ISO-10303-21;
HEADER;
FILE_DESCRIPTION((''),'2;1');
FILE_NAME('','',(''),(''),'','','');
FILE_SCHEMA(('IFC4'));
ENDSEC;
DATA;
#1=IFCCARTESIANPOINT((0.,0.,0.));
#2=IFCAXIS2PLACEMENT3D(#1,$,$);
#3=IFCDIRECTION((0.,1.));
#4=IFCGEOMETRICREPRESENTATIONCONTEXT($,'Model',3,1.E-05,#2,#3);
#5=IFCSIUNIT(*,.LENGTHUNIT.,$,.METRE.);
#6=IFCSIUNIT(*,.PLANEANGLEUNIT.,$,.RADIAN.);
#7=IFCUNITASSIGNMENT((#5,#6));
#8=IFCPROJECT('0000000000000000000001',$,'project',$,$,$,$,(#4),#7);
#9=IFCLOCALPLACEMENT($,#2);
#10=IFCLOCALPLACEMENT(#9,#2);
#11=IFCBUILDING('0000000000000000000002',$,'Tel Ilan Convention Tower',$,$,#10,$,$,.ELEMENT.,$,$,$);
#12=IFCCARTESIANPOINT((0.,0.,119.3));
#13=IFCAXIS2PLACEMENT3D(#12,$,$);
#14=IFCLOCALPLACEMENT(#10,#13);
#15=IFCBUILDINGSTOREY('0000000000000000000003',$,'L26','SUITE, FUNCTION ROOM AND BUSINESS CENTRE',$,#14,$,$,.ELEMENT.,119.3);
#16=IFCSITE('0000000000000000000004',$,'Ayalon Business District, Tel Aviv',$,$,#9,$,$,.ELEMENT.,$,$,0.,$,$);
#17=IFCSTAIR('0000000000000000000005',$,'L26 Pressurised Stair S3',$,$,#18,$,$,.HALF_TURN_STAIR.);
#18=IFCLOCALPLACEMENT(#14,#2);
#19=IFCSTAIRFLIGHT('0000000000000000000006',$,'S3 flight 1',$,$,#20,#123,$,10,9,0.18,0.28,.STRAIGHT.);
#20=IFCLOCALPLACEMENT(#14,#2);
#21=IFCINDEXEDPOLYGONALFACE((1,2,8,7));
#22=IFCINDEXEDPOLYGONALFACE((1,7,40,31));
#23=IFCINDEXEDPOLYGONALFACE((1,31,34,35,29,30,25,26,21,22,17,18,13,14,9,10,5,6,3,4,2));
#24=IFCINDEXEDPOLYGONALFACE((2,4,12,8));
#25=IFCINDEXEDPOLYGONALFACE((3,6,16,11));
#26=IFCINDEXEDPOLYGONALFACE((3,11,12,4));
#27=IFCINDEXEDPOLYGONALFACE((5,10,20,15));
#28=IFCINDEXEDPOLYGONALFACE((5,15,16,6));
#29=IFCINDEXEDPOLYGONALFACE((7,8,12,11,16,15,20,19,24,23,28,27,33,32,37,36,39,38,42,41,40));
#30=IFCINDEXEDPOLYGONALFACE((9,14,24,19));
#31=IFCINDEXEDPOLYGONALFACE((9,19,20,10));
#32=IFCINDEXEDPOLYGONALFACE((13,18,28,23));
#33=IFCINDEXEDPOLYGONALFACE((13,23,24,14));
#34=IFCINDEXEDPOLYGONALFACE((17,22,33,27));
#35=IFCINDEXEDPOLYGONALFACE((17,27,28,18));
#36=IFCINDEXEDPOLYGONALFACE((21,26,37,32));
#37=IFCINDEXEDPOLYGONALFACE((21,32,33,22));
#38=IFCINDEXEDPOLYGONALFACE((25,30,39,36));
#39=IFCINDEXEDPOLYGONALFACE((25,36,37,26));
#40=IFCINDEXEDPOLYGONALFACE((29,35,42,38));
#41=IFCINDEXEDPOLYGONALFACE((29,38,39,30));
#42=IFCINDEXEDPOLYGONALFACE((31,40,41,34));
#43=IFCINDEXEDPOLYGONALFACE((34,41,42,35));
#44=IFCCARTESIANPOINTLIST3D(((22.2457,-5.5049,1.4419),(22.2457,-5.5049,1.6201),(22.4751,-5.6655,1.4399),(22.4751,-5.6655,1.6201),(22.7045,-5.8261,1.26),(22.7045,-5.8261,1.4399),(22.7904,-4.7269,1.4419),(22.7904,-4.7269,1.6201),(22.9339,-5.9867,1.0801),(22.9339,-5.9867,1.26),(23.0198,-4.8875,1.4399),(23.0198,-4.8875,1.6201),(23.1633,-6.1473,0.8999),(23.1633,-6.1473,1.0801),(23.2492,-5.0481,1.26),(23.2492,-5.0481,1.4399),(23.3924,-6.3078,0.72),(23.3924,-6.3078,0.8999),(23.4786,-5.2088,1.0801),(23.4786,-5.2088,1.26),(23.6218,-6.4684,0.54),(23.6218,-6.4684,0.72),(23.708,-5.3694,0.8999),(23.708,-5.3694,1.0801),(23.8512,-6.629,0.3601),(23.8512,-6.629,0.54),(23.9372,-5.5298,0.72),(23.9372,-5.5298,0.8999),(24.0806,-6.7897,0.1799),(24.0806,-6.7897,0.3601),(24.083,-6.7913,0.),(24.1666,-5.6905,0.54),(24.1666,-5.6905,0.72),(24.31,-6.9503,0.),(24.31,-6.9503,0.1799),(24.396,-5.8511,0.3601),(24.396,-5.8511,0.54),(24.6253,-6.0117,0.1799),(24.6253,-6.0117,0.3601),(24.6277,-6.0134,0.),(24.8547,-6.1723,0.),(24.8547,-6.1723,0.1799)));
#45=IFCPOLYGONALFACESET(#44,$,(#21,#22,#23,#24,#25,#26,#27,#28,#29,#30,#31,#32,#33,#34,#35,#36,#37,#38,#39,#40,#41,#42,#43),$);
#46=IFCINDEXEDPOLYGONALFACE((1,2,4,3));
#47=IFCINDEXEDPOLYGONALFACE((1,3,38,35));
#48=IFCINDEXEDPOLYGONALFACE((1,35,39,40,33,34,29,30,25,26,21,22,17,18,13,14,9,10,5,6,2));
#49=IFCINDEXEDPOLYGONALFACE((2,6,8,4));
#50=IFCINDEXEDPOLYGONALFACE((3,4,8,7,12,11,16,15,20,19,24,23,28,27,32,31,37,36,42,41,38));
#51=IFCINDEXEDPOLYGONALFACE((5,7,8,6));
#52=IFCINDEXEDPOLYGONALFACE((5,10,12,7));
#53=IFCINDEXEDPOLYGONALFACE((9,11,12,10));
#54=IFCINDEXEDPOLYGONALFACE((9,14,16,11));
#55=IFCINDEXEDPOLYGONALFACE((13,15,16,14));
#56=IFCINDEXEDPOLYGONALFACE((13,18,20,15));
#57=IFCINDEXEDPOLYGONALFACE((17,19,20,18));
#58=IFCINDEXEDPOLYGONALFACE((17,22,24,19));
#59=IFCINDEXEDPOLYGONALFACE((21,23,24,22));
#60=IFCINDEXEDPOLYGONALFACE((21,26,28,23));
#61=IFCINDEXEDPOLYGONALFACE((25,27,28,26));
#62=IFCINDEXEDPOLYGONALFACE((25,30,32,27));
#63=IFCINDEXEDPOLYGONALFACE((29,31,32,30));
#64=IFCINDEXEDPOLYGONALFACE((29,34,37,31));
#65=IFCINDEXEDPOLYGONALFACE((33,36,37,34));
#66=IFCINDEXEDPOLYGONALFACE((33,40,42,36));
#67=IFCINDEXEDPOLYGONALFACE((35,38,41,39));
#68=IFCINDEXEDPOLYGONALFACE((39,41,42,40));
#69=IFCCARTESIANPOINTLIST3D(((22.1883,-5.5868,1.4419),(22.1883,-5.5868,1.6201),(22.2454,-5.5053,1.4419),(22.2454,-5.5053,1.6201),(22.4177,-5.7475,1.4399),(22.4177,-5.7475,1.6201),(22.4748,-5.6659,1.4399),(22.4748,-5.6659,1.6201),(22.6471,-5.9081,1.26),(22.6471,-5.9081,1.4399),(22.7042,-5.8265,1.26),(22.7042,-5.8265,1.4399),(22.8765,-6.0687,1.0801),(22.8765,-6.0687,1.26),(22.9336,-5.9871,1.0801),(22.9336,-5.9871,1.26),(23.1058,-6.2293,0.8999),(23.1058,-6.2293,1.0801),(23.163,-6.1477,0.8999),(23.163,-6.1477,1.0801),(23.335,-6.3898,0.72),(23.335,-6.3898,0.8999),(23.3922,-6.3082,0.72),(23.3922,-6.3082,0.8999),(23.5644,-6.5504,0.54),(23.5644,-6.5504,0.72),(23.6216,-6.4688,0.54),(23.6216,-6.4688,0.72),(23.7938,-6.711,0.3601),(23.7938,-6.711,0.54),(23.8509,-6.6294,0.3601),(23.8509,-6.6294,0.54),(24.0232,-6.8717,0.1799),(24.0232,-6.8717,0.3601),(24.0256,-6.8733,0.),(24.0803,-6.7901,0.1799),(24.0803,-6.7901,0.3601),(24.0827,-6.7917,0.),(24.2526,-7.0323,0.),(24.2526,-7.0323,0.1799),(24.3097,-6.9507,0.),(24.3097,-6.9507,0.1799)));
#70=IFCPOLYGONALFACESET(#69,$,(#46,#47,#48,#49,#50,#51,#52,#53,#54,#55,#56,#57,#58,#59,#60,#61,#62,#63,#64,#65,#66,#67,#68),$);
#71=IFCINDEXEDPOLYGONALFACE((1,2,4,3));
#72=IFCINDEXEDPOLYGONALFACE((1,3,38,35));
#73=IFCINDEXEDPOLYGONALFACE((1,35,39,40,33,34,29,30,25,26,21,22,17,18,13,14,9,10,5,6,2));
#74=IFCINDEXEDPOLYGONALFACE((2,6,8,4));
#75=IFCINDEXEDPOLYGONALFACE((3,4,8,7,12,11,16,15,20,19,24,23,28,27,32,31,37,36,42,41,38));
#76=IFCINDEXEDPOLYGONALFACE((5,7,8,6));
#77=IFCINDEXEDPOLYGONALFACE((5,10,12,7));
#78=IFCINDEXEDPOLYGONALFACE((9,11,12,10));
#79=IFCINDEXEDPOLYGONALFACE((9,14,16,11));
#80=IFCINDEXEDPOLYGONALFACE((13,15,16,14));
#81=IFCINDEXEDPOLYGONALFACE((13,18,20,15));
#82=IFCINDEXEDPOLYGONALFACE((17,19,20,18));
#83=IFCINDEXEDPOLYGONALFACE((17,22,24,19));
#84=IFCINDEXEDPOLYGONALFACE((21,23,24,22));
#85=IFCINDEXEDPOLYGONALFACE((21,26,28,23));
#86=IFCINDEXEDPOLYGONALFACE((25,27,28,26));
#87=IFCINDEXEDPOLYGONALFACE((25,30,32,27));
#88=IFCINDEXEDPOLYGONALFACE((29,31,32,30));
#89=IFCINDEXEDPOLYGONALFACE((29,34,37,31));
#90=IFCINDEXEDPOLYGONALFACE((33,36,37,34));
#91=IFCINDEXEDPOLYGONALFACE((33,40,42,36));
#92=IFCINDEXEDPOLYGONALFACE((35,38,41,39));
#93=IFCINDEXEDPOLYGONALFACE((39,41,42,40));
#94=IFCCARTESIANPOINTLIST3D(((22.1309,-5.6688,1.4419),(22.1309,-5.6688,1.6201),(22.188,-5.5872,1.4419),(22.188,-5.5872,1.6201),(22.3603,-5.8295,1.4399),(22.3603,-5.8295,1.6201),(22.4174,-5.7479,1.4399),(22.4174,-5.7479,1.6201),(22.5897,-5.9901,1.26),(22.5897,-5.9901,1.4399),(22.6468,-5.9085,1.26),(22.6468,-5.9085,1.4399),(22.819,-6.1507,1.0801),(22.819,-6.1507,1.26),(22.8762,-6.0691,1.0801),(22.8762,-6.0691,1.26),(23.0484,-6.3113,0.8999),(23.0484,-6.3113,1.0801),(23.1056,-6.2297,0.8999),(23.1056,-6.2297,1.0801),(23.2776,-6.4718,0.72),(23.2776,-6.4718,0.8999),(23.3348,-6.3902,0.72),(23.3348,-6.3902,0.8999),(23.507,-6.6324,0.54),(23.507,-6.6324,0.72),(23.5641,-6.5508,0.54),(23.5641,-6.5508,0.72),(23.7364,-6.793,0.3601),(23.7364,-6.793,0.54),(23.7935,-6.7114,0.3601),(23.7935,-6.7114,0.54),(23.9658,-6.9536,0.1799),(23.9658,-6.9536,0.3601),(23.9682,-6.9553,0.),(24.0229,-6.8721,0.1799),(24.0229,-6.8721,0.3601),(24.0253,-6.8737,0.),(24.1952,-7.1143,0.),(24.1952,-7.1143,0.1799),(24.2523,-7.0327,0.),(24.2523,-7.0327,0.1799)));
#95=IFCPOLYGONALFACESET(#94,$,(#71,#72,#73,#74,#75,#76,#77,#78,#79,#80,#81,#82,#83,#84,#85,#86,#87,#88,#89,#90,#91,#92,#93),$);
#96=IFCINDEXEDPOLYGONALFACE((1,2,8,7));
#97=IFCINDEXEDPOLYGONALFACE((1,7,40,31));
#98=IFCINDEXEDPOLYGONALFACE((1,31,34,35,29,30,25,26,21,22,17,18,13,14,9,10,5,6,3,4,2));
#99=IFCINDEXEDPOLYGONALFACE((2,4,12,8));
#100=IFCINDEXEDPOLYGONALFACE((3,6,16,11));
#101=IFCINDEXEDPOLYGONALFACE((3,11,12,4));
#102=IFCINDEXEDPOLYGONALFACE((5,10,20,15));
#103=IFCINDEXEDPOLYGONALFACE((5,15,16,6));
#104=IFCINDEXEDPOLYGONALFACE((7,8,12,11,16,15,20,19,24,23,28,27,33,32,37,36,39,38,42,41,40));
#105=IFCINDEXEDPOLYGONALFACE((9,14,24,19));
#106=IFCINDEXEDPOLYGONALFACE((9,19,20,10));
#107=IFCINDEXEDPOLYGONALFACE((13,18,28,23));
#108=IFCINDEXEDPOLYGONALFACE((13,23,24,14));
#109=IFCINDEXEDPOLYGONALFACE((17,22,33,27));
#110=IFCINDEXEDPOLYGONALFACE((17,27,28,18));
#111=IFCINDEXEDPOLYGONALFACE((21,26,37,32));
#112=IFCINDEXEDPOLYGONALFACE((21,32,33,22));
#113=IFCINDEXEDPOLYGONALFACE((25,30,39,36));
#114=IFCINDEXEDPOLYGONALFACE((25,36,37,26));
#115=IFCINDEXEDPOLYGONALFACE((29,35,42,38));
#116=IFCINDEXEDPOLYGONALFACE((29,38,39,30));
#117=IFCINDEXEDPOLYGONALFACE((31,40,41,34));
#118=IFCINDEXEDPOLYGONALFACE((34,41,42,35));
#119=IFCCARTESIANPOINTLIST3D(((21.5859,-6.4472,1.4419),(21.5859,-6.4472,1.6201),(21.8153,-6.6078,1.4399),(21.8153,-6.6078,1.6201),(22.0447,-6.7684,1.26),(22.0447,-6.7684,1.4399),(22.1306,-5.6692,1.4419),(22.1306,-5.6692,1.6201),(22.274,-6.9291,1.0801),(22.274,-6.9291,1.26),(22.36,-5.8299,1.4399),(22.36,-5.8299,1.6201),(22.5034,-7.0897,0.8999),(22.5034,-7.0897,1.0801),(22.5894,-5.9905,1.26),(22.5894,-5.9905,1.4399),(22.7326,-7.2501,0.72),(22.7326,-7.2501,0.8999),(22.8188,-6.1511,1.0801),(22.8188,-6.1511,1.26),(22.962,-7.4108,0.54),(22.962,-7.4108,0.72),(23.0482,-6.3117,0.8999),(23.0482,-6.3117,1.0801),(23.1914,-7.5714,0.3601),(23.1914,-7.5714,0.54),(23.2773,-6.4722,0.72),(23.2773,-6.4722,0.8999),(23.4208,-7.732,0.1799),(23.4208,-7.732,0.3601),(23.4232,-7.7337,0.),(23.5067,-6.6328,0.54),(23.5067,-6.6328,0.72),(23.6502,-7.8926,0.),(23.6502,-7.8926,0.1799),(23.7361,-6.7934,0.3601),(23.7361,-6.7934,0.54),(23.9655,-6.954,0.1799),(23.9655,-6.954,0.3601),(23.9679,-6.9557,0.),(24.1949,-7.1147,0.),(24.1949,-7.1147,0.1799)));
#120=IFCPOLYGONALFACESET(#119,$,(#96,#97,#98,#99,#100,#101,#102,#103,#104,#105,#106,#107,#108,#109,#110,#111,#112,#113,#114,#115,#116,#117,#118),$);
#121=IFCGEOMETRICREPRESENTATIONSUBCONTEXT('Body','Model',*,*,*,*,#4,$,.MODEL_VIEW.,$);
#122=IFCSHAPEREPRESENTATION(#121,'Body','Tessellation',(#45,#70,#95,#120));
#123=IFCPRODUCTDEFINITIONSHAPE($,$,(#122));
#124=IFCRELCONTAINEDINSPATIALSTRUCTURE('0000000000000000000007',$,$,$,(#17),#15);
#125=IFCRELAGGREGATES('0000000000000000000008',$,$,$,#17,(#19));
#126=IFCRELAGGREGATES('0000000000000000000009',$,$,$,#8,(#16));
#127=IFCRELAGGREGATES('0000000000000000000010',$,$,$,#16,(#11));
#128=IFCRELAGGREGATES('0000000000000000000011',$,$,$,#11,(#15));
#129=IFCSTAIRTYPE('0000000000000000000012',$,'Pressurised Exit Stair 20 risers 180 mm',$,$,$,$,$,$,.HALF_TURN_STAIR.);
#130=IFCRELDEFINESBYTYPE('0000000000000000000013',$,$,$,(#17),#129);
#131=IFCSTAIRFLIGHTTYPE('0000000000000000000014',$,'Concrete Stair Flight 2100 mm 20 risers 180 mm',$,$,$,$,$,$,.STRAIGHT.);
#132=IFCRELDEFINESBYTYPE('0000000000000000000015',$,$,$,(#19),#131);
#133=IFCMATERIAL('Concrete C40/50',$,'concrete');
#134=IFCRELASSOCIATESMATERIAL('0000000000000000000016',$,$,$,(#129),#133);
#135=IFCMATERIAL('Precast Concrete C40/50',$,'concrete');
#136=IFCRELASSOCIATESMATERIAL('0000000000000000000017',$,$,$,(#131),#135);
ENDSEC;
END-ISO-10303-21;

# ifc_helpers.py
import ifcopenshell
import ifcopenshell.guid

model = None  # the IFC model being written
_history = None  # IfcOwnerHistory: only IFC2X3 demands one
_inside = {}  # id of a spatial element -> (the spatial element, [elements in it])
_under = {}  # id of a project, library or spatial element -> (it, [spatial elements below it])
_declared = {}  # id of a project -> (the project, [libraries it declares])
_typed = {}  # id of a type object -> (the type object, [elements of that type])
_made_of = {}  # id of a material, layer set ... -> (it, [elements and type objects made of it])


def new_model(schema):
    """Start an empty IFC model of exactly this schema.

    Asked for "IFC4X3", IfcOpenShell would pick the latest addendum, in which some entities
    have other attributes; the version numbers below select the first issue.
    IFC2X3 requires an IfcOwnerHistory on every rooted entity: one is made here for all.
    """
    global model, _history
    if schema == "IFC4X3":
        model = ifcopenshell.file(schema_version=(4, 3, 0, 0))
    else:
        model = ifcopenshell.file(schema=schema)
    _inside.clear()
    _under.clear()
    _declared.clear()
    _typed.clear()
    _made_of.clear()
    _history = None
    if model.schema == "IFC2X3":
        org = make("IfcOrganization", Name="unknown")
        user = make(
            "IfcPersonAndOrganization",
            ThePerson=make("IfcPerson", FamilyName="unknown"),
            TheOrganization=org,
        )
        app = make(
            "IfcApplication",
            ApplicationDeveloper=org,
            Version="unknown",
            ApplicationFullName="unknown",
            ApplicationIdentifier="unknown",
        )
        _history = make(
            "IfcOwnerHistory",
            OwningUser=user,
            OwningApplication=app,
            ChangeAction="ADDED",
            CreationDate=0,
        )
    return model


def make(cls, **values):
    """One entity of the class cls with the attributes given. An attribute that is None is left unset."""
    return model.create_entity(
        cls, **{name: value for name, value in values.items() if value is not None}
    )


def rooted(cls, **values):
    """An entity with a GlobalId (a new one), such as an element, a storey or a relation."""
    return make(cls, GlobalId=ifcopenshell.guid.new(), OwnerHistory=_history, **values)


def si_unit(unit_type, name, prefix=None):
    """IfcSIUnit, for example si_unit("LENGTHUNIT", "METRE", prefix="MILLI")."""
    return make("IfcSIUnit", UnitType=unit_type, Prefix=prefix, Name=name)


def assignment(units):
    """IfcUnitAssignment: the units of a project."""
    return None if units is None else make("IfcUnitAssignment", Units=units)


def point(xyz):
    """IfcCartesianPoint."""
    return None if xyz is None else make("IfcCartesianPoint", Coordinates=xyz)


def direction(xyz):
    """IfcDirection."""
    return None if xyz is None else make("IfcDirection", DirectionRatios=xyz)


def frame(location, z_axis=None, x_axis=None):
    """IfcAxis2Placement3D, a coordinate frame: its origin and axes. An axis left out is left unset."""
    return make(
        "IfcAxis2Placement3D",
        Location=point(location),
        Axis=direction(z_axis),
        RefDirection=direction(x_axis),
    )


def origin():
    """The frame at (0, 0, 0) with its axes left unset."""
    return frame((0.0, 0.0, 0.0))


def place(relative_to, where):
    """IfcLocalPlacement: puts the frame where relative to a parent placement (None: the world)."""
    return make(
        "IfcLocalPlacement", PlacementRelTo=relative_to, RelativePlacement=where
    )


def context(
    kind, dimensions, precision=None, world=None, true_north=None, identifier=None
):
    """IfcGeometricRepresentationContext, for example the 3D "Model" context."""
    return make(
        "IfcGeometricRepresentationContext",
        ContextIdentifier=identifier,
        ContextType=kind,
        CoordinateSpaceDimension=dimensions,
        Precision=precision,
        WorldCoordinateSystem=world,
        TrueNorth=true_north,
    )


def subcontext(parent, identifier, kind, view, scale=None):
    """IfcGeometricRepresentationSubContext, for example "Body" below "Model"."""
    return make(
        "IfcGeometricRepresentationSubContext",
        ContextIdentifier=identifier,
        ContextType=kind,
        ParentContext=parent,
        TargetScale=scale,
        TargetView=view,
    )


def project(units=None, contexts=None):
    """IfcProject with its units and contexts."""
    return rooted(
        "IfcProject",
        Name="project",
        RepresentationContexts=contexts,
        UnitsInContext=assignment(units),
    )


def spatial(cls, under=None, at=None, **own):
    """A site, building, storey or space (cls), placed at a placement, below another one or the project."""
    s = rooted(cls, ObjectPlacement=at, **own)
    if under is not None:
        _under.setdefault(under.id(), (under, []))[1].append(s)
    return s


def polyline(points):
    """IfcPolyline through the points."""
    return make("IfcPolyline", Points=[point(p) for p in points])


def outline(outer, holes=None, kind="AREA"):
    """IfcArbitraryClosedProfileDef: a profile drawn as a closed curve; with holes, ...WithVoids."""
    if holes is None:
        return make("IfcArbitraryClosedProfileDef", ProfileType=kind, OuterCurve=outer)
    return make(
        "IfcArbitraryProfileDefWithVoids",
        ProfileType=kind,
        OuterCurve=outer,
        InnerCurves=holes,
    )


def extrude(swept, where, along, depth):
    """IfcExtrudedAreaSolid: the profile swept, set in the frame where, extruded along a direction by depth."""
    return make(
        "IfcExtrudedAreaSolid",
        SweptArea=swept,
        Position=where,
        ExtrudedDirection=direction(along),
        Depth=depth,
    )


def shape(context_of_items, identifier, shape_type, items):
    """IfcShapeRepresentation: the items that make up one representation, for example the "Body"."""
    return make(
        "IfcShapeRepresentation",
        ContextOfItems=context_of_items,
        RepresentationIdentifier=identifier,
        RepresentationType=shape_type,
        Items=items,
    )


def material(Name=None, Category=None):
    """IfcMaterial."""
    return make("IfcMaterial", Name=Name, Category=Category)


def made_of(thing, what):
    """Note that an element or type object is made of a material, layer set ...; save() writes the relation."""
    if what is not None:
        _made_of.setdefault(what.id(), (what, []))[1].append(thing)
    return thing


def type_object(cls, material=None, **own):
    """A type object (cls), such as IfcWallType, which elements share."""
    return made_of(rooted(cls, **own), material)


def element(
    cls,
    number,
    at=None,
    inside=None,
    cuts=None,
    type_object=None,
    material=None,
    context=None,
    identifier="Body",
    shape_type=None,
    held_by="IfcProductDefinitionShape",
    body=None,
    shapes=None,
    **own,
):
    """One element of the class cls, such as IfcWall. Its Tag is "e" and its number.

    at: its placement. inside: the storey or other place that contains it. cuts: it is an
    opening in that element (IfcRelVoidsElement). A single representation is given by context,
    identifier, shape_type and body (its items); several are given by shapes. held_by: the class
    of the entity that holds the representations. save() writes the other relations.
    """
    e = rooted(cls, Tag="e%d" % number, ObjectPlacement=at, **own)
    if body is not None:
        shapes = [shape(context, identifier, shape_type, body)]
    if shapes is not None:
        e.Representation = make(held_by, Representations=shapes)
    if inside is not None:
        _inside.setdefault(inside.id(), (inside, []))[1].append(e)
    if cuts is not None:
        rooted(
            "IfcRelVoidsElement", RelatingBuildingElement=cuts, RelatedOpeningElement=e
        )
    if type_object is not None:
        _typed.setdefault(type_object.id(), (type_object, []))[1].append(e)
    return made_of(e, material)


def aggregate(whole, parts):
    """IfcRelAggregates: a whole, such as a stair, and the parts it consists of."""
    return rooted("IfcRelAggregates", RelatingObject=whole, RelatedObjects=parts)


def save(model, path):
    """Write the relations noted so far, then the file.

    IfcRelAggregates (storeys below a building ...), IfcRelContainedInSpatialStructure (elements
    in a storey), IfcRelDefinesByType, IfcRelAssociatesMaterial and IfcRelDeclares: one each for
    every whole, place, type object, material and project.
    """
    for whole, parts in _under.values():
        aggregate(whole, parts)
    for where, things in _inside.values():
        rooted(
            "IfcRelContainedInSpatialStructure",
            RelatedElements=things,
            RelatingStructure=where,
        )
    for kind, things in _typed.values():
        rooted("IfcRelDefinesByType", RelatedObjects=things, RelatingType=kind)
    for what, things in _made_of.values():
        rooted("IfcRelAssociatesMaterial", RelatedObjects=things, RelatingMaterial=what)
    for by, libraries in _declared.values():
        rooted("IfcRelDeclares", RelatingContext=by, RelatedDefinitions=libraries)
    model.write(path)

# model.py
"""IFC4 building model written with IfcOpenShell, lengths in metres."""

from ifc_helpers import new_model, si_unit, direction, frame, origin, place, context, subcontext, project, spatial, polyline, outline, extrude, material, type_object, element, aggregate, save


model = new_model("IFC4")

# Units and contexts
model_context = context("Model", 3, precision=1e-05, world=origin(), true_north=direction((0.0, 1.0)))
body_context = subcontext(model_context, "Body", "Model", "MODEL_VIEW")
ifc_project = project(units=[si_unit("LENGTHUNIT", "METRE"), si_unit("PLANEANGLEUNIT", "RADIAN")], contexts=[model_context])

# Site, building, storey
site_placement = place(None, origin())
site = spatial("IfcSite", under=ifc_project, at=site_placement, Name="Ayalon Business District, Tel Aviv", CompositionType="ELEMENT", RefElevation=0.0)
building_placement = place(site_placement, origin())
building = spatial("IfcBuilding", under=site, at=building_placement, Name="Tel Ilan Convention Tower", CompositionType="ELEMENT")
storey_placement = place(building_placement, frame((0.0, 0.0, 119.3)))
storey = spatial("IfcBuildingStorey", under=building, at=storey_placement, Name="L26", Description="SUITE, FUNCTION ROOM AND BUSINESS CENTRE", CompositionType="ELEMENT", Elevation=119.3)

# Stair, stair flight
ifc_material_1 = material(Name="Concrete C40/50", Category="concrete")
stair_type = type_object("IfcStairType", Name="Pressurised Exit Stair 20 risers 180 mm", PredefinedType="HALF_TURN_STAIR", material=ifc_material_1)
stair_1_placement = place(storey_placement, origin())
stair_1 = element("IfcStair", 1, at=stair_1_placement, inside=storey, type_object=stair_type, Name="L26 Pressurised Stair S3", PredefinedType="HALF_TURN_STAIR")
ifc_material_2 = material(Name="Precast Concrete C40/50", Category="concrete")
stair_flight_type = type_object("IfcStairFlightType", Name="Concrete Stair Flight 2100 mm 20 risers 180 mm", PredefinedType="STRAIGHT", material=ifc_material_2)
stair_flight_1_placement = place(storey_placement, frame((24.2524, -7.0325, 0.0), z_axis=(0.0, 0.0, 1.0), x_axis=(-0.819152, 0.573576, 0.0)))
stair_flight_1 = element("IfcStairFlight", 2, at=stair_flight_1_placement, type_object=stair_flight_type, Name="S3 flight 1", NumberOfRisers=10, NumberOfTreads=9, PredefinedType="STRAIGHT", RiserHeight=0.18, TreadLength=0.28, context=body_context, shape_type="SweptSolid", body=[
    extrude(outline(polyline([(0.0, 0.0), (0.0, 0.1799), (0.28, 0.1799), (0.28, 0.3601), (0.5601, 0.3601), (0.5601, 0.54), (0.8401, 0.54), (0.8401, 0.72), (1.1201, 0.72), (1.1201, 0.8999), (1.3999, 0.8999), (1.3999, 1.0801), (1.6799, 1.0801), (1.6799, 1.26), (1.96, 1.26), (1.96, 1.4399), (2.24, 1.4399), (2.24, 1.6201), (2.52, 1.6201), (2.52, 1.8), (2.52, 1.4419), (0.2771, 0.0), (0.0, 0.0)])), frame((0.0, -0.1003, 0.0), z_axis=(0.0, -1.0, 0.0), x_axis=(1.0, 0.0, 0.0)), (0.0, 0.0, 1.0), 0.9497),
    extrude(outline(polyline([(0.0, 0.0), (0.0, 0.1799), (0.28, 0.1799), (0.28, 0.3601), (0.5601, 0.3601), (0.5601, 0.54), (0.8401, 0.54), (0.8401, 0.72), (1.1201, 0.72), (1.1201, 0.8999), (1.3999, 0.8999), (1.3999, 1.0801), (1.6799, 1.0801), (1.6799, 1.26), (1.96, 1.26), (1.96, 1.4399), (2.24, 1.4399), (2.24, 1.6201), (2.52, 1.6201), (2.52, 1.8), (2.52, 1.4419), (0.2771, 0.0), (0.0, 0.0)])), frame((0.0, -0.0002, 0.0), z_axis=(0.0, -1.0, 0.0), x_axis=(1.0, 0.0, 0.0)), (0.0, 0.0, 1.0), 0.0996),
    extrude(outline(polyline([(0.0, 0.0), (0.0, 0.1799), (0.28, 0.1799), (0.28, 0.3601), (0.5601, 0.3601), (0.5601, 0.54), (0.8401, 0.54), (0.8401, 0.72), (1.1201, 0.72), (1.1201, 0.8999), (1.3999, 0.8999), (1.3999, 1.0801), (1.6799, 1.0801), (1.6799, 1.26), (1.96, 1.26), (1.96, 1.4399), (2.24, 1.4399), (2.24, 1.6201), (2.52, 1.6201), (2.52, 1.8), (2.52, 1.4419), (0.2771, 0.0), (0.0, 0.0)])), frame((0.0, 0.0999, 0.0), z_axis=(0.0, -1.0, 0.0), x_axis=(1.0, 0.0, 0.0)), (0.0, 0.0, 1.0), 0.0996),
    extrude(outline(polyline([(0.0, 0.0), (0.0, 0.1799), (0.28, 0.1799), (0.28, 0.3601), (0.5601, 0.3601), (0.5601, 0.54), (0.8401, 0.54), (0.8401, 0.72), (1.1201, 0.72), (1.1201, 0.8999), (1.3999, 0.8999), (1.3999, 1.0801), (1.6799, 1.0801), (1.6799, 1.26), (1.96, 1.26), (1.96, 1.4399), (2.24, 1.4399), (2.24, 1.6201), (2.52, 1.6201), (2.52, 1.8), (2.52, 1.4419), (0.2771, 0.0), (0.0, 0.0)])), frame((0.0, 1.05, 0.0), z_axis=(0.0, -1.0, 0.0), x_axis=(1.0, 0.0, 0.0)), (0.0, 0.0, 1.0), 0.9497),
])
aggregate(stair_1, [stair_flight_1])

save(model, "model.ifc")
